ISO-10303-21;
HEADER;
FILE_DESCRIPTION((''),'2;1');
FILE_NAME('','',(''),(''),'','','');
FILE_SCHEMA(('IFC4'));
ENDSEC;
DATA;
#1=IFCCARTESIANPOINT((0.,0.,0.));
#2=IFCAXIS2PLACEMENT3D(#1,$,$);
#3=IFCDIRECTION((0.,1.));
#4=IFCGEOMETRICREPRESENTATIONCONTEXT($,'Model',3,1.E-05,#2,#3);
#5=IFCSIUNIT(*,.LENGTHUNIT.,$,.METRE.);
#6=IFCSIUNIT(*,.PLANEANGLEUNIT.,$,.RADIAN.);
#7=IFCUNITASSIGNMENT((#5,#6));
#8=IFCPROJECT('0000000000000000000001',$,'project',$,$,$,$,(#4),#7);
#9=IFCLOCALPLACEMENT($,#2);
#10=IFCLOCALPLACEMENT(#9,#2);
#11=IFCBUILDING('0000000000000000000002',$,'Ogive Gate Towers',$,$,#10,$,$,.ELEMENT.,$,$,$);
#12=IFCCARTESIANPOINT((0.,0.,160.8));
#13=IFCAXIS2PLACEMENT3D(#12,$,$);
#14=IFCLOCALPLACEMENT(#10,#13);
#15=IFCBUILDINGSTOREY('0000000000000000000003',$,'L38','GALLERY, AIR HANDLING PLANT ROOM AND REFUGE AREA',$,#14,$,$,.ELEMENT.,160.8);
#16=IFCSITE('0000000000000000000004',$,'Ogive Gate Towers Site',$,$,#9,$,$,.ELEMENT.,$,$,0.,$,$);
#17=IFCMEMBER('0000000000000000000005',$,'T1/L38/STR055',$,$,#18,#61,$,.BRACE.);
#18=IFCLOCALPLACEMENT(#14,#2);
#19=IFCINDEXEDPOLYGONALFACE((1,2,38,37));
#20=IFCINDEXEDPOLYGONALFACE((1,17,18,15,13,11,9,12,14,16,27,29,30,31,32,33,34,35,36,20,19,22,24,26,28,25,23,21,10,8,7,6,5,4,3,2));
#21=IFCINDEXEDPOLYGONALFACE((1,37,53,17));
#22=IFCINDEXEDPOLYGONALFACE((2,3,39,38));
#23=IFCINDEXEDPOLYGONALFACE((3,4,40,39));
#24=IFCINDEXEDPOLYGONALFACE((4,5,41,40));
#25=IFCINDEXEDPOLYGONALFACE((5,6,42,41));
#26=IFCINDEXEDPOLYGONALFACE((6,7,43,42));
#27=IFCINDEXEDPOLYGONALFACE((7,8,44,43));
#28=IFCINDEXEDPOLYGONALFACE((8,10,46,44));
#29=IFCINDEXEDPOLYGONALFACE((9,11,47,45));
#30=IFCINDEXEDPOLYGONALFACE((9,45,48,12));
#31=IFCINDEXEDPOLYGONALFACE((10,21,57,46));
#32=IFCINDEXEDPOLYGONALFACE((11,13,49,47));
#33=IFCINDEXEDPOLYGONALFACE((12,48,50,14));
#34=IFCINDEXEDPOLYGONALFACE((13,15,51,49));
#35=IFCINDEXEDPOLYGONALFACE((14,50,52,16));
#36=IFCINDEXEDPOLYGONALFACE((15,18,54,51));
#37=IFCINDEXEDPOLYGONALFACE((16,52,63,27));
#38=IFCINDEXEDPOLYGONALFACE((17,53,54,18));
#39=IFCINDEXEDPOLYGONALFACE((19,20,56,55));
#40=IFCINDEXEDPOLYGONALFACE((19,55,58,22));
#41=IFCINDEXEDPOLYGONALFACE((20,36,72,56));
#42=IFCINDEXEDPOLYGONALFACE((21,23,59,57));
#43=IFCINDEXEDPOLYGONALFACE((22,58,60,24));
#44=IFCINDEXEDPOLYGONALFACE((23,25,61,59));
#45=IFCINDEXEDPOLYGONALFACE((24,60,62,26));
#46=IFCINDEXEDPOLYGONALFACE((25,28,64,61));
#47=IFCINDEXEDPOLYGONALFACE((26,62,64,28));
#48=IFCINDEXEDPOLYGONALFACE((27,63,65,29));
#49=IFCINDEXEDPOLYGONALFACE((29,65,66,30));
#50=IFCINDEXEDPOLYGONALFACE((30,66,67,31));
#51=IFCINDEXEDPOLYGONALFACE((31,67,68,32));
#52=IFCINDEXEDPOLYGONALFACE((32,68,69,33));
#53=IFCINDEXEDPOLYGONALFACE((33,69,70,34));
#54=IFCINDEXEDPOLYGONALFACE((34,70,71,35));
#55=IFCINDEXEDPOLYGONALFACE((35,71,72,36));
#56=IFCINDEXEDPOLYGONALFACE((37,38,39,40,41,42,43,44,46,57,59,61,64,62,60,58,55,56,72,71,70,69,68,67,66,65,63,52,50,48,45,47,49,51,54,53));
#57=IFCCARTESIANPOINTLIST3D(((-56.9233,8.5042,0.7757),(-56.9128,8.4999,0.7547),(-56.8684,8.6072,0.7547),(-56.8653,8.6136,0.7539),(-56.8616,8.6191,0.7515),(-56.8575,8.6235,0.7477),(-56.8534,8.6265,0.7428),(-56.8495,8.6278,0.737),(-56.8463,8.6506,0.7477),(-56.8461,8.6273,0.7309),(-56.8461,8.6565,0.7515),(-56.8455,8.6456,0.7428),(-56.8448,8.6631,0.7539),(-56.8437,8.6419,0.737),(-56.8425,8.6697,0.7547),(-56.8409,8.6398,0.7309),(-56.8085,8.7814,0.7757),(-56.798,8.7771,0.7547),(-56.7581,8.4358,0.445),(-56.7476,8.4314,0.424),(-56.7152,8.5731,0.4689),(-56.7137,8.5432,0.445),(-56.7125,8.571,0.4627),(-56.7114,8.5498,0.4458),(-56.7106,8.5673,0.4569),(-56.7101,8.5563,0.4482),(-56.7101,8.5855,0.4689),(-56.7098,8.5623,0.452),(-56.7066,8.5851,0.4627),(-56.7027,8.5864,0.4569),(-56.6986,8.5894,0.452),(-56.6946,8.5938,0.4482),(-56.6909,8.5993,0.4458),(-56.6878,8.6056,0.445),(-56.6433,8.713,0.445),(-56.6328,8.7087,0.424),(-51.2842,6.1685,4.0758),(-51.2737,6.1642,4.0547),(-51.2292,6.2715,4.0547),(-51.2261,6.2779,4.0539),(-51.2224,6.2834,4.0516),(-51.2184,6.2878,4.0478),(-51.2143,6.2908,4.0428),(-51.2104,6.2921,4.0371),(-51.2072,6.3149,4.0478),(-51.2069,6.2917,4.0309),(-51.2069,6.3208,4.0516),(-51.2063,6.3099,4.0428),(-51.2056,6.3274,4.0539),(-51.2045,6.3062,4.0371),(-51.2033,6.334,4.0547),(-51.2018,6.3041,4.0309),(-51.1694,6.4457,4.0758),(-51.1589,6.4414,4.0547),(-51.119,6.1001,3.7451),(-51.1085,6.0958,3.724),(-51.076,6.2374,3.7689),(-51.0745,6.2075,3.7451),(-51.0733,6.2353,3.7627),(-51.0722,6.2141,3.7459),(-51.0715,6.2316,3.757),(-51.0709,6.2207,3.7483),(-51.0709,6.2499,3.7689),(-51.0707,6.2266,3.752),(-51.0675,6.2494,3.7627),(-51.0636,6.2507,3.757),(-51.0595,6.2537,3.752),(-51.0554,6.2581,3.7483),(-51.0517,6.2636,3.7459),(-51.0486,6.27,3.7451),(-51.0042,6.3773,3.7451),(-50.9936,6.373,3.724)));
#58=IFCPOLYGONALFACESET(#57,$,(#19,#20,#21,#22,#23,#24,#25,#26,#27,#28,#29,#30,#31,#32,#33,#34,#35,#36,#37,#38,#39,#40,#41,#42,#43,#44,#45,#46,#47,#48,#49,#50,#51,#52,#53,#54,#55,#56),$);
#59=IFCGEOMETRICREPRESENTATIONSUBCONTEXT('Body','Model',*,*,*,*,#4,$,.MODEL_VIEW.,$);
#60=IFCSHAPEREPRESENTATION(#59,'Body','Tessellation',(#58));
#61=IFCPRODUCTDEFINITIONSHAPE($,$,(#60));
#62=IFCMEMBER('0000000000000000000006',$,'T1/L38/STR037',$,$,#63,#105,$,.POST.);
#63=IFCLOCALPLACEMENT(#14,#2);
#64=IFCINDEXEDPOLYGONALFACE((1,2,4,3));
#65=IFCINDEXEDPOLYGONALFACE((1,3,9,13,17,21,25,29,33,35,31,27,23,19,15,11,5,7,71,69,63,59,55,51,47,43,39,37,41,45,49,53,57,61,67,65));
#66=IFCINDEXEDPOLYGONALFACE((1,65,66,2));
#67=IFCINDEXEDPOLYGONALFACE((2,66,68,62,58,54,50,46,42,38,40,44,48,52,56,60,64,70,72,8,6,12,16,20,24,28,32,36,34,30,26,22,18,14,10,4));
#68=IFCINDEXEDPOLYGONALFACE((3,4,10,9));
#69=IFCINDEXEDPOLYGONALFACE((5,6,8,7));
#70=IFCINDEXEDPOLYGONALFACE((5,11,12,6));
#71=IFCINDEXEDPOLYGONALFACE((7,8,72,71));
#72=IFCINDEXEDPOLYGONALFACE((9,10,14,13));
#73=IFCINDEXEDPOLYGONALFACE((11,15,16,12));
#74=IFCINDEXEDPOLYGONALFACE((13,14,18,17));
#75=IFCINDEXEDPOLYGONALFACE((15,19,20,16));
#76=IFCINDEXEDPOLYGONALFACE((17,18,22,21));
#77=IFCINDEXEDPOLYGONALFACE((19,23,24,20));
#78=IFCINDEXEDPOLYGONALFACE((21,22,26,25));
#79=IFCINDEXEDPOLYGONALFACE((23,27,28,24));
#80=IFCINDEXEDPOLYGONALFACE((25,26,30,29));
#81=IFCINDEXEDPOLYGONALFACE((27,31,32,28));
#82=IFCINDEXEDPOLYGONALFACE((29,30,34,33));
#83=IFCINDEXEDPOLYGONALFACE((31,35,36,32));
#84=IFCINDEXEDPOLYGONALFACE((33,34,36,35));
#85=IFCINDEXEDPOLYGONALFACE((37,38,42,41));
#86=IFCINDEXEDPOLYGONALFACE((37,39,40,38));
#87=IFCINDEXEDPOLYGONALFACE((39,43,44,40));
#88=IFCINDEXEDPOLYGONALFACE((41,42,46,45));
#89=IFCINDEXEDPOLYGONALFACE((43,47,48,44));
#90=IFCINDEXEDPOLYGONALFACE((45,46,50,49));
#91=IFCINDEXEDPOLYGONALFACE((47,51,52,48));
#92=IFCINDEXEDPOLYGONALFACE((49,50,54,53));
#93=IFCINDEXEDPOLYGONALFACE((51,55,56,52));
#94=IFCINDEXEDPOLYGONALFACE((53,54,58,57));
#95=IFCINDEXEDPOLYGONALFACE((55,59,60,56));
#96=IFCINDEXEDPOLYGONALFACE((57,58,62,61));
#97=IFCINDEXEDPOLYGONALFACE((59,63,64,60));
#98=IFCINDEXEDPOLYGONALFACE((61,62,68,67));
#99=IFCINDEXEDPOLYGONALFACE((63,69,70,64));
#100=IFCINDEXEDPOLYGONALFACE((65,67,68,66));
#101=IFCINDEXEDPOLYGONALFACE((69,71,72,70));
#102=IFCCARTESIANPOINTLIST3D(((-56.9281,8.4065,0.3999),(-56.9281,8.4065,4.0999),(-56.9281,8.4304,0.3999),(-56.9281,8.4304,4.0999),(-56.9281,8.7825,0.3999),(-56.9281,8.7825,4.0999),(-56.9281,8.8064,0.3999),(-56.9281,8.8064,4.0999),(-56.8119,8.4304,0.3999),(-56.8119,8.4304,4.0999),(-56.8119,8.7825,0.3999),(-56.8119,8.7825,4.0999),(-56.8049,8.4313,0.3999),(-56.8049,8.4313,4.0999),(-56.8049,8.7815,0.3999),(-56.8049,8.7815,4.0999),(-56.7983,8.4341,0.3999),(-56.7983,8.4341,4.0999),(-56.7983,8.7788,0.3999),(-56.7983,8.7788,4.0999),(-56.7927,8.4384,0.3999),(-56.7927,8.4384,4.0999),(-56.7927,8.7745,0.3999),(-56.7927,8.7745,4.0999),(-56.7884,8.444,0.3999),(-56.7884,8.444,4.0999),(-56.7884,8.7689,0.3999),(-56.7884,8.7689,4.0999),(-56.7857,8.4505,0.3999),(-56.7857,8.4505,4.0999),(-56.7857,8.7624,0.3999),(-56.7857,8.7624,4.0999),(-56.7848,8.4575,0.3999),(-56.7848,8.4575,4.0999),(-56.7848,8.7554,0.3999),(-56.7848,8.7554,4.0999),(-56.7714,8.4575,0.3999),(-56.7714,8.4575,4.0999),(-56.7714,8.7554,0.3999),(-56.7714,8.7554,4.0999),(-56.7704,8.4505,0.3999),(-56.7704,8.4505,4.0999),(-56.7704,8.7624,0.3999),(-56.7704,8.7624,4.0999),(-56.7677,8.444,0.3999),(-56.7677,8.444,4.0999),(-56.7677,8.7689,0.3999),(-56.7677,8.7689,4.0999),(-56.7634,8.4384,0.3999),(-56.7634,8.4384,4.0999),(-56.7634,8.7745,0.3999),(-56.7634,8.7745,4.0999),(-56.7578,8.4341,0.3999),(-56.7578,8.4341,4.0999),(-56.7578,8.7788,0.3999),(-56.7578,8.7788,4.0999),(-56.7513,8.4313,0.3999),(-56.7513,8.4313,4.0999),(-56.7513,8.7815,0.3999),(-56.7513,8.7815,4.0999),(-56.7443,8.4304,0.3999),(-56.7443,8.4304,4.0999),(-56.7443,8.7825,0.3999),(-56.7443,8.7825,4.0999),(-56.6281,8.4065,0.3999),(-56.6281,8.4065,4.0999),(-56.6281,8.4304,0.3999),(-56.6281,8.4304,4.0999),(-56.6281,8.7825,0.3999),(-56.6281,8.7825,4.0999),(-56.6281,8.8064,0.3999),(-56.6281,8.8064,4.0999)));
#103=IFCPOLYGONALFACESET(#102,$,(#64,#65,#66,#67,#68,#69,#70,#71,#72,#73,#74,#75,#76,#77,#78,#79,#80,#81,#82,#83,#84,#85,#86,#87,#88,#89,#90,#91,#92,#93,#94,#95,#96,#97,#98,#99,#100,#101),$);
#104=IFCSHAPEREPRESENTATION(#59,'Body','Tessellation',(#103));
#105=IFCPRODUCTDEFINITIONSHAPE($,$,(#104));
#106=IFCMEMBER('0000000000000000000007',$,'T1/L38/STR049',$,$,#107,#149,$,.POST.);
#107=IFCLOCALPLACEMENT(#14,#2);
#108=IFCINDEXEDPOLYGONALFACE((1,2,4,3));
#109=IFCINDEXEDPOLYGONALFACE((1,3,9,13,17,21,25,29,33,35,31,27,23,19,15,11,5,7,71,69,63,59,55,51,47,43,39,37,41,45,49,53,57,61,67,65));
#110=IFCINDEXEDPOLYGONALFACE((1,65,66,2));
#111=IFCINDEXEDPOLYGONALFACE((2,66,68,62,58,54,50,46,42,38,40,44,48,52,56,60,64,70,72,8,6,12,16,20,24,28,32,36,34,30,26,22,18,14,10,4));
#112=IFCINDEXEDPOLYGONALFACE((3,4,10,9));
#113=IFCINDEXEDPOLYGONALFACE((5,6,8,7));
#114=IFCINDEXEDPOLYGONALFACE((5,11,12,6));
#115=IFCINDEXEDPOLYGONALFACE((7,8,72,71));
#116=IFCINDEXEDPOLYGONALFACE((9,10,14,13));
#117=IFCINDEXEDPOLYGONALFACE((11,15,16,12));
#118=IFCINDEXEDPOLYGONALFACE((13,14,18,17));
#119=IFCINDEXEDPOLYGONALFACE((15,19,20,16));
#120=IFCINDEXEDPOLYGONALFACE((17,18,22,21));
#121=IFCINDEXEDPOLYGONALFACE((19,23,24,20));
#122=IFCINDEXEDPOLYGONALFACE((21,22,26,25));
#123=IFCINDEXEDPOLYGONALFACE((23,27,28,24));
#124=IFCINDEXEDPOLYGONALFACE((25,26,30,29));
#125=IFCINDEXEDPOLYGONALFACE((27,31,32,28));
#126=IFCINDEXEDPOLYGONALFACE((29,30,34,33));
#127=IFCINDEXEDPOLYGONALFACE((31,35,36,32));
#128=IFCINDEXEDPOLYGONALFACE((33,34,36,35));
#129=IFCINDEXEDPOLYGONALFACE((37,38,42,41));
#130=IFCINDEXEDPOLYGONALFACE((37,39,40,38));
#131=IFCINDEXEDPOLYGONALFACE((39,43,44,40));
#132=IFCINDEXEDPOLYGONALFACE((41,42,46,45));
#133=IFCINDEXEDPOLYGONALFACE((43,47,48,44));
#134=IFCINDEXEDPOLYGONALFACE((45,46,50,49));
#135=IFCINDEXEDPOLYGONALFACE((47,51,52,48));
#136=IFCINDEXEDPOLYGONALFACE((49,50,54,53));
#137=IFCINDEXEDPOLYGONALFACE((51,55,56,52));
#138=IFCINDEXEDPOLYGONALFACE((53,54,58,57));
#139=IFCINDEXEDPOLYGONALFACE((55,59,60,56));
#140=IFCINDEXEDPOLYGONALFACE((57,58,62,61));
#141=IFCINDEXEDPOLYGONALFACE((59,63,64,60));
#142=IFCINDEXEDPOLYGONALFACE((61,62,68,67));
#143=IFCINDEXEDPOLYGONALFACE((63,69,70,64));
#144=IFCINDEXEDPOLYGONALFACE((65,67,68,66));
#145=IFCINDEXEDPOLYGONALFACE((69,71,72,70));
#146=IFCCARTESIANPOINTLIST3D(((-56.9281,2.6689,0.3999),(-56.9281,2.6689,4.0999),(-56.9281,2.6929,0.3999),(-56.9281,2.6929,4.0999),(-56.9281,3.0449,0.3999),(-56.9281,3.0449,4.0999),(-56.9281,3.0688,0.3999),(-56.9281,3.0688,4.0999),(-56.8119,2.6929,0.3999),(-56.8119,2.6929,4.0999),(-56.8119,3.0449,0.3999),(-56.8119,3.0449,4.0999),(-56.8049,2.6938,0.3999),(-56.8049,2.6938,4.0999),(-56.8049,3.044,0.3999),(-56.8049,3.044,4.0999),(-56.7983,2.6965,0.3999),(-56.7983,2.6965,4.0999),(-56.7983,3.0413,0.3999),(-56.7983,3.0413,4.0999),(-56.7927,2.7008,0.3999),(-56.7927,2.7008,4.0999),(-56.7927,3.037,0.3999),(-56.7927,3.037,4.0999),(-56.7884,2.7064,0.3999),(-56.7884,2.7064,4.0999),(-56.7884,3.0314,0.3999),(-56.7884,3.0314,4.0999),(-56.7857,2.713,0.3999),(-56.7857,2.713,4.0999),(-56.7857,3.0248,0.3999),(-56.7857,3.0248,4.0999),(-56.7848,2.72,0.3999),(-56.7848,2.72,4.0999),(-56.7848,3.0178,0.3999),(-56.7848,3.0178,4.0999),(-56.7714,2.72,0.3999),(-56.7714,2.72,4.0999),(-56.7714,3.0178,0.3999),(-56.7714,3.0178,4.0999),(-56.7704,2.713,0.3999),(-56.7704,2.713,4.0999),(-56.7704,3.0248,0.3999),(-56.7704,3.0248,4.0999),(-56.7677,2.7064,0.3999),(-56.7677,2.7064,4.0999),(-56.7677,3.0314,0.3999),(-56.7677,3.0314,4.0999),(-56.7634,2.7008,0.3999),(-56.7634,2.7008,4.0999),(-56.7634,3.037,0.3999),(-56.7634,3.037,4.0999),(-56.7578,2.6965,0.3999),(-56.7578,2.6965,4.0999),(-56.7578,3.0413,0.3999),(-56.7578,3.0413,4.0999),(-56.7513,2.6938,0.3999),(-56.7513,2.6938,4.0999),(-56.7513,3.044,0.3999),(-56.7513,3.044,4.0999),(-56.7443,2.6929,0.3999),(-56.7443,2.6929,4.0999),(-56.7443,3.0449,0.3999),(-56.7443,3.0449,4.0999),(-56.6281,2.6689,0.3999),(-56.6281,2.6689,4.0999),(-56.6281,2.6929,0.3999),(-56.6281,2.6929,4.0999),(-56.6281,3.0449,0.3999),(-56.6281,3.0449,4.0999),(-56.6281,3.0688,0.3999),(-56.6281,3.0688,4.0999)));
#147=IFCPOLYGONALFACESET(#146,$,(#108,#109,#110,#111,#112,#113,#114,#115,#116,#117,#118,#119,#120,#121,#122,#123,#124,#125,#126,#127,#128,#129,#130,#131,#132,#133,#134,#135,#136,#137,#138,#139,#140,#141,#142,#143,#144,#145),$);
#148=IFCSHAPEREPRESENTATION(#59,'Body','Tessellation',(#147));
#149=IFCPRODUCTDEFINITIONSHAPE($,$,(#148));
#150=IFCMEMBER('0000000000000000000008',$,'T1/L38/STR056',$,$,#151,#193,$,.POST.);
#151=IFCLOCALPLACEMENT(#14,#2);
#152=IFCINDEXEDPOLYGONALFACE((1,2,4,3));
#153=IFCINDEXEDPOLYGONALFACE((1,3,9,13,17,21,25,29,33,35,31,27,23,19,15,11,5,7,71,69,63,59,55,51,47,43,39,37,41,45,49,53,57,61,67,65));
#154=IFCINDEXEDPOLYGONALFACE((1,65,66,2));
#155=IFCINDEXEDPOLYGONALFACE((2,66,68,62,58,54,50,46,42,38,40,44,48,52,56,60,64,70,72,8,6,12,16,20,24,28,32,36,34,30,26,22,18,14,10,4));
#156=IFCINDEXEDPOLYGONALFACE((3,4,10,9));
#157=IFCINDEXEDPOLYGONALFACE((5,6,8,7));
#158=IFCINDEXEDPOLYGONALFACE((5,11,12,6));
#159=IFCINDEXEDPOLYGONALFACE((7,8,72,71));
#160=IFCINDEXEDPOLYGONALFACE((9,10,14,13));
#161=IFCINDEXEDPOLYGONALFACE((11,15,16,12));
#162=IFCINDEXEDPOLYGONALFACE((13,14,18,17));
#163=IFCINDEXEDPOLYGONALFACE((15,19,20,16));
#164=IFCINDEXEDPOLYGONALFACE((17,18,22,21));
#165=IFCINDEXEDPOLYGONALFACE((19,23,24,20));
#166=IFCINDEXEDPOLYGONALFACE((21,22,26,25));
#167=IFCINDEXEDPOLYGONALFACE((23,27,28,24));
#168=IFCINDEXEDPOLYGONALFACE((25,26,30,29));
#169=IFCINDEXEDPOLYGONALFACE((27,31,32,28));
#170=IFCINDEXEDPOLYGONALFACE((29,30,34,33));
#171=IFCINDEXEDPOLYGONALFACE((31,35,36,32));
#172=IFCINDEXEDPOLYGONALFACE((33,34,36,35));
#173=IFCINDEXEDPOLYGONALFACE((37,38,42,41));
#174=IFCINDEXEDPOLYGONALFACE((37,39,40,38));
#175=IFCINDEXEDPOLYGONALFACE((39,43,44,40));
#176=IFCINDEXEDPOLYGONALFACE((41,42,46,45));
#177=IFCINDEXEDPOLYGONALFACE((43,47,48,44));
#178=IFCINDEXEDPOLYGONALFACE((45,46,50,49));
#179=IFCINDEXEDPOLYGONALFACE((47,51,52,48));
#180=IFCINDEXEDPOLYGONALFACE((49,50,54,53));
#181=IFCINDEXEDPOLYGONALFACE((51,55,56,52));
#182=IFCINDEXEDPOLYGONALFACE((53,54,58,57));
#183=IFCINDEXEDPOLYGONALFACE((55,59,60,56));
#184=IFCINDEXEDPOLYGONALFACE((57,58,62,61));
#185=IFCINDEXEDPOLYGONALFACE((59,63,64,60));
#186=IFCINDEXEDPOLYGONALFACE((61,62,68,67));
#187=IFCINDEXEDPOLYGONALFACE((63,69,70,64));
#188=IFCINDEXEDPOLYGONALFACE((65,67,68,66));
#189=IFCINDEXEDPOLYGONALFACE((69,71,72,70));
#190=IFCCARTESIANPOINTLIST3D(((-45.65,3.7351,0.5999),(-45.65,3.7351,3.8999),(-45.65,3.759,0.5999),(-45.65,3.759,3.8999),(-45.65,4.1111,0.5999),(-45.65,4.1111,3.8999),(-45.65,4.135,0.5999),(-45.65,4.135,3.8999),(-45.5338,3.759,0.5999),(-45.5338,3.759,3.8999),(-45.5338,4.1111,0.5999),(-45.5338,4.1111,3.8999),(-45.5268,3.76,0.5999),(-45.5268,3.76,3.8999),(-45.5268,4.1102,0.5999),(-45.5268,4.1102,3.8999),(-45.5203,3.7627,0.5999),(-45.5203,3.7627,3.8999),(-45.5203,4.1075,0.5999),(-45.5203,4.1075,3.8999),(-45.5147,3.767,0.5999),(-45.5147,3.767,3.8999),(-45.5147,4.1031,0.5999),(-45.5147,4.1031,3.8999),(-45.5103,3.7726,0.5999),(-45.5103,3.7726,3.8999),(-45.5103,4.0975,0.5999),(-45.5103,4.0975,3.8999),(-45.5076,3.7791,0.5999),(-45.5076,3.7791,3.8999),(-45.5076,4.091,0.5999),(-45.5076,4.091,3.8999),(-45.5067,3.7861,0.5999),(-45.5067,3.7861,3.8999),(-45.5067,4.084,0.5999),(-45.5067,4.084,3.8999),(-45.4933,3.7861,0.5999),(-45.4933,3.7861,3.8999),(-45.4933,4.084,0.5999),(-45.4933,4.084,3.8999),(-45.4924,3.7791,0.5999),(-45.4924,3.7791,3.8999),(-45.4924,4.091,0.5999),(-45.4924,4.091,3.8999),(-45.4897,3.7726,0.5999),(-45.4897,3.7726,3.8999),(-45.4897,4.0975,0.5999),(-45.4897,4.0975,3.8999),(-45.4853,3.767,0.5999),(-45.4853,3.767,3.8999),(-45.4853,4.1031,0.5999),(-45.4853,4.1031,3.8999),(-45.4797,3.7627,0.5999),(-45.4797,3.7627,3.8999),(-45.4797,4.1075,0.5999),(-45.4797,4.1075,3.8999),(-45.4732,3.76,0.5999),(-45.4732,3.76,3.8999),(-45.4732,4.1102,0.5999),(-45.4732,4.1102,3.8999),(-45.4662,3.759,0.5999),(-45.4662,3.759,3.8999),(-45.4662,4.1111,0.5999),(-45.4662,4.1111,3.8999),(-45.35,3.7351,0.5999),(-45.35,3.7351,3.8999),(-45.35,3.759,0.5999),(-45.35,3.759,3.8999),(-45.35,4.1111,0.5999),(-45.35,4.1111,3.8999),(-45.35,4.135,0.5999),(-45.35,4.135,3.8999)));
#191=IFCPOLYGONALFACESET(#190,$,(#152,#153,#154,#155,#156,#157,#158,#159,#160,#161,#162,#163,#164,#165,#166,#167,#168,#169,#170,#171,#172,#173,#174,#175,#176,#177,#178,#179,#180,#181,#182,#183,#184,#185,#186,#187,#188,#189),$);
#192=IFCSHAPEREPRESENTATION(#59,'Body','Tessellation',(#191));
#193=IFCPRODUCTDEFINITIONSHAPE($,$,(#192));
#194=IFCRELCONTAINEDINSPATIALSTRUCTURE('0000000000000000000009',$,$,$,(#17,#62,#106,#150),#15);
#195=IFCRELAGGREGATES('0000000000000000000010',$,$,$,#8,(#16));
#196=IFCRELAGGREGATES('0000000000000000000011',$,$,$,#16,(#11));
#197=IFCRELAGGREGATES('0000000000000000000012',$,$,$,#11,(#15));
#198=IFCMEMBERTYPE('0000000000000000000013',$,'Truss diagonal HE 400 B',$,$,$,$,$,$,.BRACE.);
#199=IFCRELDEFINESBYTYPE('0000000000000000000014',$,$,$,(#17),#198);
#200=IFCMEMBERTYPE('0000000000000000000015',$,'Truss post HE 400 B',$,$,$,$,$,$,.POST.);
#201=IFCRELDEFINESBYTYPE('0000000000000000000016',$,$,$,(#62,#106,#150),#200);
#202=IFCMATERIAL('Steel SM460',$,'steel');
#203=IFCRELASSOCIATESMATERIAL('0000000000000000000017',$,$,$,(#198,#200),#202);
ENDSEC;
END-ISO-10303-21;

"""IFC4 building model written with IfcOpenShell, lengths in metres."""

from ifc_helpers import new_model, si_unit, direction, frame, origin, origin_2d, place, context, subcontext, project, spatial, i_section, extrude, material, material_profile, profile_set, type_object, element, save


model = new_model("IFC4")

# Units and contexts
model_context = context("Model", 3, precision=1e-05, world=origin(), true_north=direction((0.0, 1.0)))
body_context = subcontext(model_context, "Body", "Model", "MODEL_VIEW")
ifc_project = project(units=[si_unit("LENGTHUNIT", "METRE"), si_unit("PLANEANGLEUNIT", "RADIAN")], contexts=[model_context])

# Site, building, storey
site_placement = place(None, origin())
site = spatial("IfcSite", under=ifc_project, at=site_placement, Name="Ogive Gate Towers Site", CompositionType="ELEMENT", RefElevation=0.0)
building_placement = place(site_placement, origin())
building = spatial("IfcBuilding", under=site, at=building_placement, Name="Ogive Gate Towers", CompositionType="ELEMENT")
storey_placement = place(building_placement, frame((0.0, 0.0, 160.8)))
storey = spatial("IfcBuildingStorey", under=building, at=storey_placement, Name="L38", Description="GALLERY, AIR HANDLING PLANT ROOM AND REFUGE AREA", CompositionType="ELEMENT", Elevation=160.8)

# Shared definitions
ifc_material_1 = material(Name="Steel SM460", Category="steel")

# Members
ifc_material_profile_1 = material_profile(ifc_material_1, i_section(OverallWidth=0.3, OverallDepth=0.3999, WebThickness=0.0134, FlangeThickness=0.0239, FilletRadius=0.0271, at=origin_2d()), Name="HE 400 B")
ifc_profile_set_1 = profile_set([ifc_material_profile_1], Name="Steel SM460")
member_type_1 = type_object("IfcMemberType", Name="Truss diagonal HE 400 B", PredefinedType="BRACE", material=ifc_profile_set_1)
member_1_placement = place(storey_placement, frame((-51.1389, 6.2708, 3.8999), z_axis=(-0.812708, 0.336617, -0.475599), x_axis=(-0.382666, -0.923887, 0.0)))
element("IfcMember", 1, at=member_1_placement, inside=storey, type_object=member_type_1, Name="T1/L38/STR055", PredefinedType="BRACE", context=body_context, shape_type="SweptSolid", body=[
    extrude(i_section(OverallWidth=0.3, OverallDepth=0.3999, WebThickness=0.0134, FlangeThickness=0.0239, FilletRadius=0.0271, at=origin_2d()), origin(), (0.0, 0.0, 1.0), 6.9387),
])
ifc_material_profile_2 = material_profile(ifc_material_1, i_section(OverallWidth=0.3, OverallDepth=0.3999, WebThickness=0.0134, FlangeThickness=0.0239, FilletRadius=0.0271, at=origin_2d()), Name="HE 400 B")
ifc_profile_set_2 = profile_set([ifc_material_profile_2], Name="Steel SM460")
member_type_2 = type_object("IfcMemberType", Name="Truss post HE 400 B", PredefinedType="POST", material=ifc_profile_set_2)
for number, where, z_axis, x_axis, name in (
    (2, (-56.7781, 8.6064, 0.3999), (0.0, 0.0, 1.0), (1.0, 0.0, 0.0), "T1/L38/STR037"),
    (3, (-56.7781, 2.8689, 0.3999), (0.0, 0.0, 1.0), (1.0, 0.0, 0.0), "T1/L38/STR049"),
):
    element("IfcMember", number, at=place(storey_placement, frame(where, z_axis=z_axis, x_axis=x_axis)), inside=storey, type_object=member_type_2, Name=name, PredefinedType="POST", context=body_context, shape_type="SweptSolid", body=[
        extrude(i_section(OverallWidth=0.3, OverallDepth=0.3999, WebThickness=0.0134, FlangeThickness=0.0239, FilletRadius=0.0271, at=origin_2d()), origin(), (0.0, 0.0, 1.0), 3.7),
    ])
for number, where, z_axis, x_axis, name in (
    (4, (-45.5, 3.9351, 0.5999), (0.0, 0.0, 1.0), (1.0, 0.0, 0.0), "T1/L38/STR056"),
):
    element("IfcMember", number, at=place(storey_placement, frame(where, z_axis=z_axis, x_axis=x_axis)), inside=storey, type_object=member_type_2, Name=name, PredefinedType="POST", context=body_context, shape_type="SweptSolid", body=[
        extrude(i_section(OverallWidth=0.3, OverallDepth=0.3999, WebThickness=0.0134, FlangeThickness=0.0239, FilletRadius=0.0271, at=origin_2d()), origin(), (0.0, 0.0, 1.0), 3.3),
    ])

save(model, "model.ifc")
